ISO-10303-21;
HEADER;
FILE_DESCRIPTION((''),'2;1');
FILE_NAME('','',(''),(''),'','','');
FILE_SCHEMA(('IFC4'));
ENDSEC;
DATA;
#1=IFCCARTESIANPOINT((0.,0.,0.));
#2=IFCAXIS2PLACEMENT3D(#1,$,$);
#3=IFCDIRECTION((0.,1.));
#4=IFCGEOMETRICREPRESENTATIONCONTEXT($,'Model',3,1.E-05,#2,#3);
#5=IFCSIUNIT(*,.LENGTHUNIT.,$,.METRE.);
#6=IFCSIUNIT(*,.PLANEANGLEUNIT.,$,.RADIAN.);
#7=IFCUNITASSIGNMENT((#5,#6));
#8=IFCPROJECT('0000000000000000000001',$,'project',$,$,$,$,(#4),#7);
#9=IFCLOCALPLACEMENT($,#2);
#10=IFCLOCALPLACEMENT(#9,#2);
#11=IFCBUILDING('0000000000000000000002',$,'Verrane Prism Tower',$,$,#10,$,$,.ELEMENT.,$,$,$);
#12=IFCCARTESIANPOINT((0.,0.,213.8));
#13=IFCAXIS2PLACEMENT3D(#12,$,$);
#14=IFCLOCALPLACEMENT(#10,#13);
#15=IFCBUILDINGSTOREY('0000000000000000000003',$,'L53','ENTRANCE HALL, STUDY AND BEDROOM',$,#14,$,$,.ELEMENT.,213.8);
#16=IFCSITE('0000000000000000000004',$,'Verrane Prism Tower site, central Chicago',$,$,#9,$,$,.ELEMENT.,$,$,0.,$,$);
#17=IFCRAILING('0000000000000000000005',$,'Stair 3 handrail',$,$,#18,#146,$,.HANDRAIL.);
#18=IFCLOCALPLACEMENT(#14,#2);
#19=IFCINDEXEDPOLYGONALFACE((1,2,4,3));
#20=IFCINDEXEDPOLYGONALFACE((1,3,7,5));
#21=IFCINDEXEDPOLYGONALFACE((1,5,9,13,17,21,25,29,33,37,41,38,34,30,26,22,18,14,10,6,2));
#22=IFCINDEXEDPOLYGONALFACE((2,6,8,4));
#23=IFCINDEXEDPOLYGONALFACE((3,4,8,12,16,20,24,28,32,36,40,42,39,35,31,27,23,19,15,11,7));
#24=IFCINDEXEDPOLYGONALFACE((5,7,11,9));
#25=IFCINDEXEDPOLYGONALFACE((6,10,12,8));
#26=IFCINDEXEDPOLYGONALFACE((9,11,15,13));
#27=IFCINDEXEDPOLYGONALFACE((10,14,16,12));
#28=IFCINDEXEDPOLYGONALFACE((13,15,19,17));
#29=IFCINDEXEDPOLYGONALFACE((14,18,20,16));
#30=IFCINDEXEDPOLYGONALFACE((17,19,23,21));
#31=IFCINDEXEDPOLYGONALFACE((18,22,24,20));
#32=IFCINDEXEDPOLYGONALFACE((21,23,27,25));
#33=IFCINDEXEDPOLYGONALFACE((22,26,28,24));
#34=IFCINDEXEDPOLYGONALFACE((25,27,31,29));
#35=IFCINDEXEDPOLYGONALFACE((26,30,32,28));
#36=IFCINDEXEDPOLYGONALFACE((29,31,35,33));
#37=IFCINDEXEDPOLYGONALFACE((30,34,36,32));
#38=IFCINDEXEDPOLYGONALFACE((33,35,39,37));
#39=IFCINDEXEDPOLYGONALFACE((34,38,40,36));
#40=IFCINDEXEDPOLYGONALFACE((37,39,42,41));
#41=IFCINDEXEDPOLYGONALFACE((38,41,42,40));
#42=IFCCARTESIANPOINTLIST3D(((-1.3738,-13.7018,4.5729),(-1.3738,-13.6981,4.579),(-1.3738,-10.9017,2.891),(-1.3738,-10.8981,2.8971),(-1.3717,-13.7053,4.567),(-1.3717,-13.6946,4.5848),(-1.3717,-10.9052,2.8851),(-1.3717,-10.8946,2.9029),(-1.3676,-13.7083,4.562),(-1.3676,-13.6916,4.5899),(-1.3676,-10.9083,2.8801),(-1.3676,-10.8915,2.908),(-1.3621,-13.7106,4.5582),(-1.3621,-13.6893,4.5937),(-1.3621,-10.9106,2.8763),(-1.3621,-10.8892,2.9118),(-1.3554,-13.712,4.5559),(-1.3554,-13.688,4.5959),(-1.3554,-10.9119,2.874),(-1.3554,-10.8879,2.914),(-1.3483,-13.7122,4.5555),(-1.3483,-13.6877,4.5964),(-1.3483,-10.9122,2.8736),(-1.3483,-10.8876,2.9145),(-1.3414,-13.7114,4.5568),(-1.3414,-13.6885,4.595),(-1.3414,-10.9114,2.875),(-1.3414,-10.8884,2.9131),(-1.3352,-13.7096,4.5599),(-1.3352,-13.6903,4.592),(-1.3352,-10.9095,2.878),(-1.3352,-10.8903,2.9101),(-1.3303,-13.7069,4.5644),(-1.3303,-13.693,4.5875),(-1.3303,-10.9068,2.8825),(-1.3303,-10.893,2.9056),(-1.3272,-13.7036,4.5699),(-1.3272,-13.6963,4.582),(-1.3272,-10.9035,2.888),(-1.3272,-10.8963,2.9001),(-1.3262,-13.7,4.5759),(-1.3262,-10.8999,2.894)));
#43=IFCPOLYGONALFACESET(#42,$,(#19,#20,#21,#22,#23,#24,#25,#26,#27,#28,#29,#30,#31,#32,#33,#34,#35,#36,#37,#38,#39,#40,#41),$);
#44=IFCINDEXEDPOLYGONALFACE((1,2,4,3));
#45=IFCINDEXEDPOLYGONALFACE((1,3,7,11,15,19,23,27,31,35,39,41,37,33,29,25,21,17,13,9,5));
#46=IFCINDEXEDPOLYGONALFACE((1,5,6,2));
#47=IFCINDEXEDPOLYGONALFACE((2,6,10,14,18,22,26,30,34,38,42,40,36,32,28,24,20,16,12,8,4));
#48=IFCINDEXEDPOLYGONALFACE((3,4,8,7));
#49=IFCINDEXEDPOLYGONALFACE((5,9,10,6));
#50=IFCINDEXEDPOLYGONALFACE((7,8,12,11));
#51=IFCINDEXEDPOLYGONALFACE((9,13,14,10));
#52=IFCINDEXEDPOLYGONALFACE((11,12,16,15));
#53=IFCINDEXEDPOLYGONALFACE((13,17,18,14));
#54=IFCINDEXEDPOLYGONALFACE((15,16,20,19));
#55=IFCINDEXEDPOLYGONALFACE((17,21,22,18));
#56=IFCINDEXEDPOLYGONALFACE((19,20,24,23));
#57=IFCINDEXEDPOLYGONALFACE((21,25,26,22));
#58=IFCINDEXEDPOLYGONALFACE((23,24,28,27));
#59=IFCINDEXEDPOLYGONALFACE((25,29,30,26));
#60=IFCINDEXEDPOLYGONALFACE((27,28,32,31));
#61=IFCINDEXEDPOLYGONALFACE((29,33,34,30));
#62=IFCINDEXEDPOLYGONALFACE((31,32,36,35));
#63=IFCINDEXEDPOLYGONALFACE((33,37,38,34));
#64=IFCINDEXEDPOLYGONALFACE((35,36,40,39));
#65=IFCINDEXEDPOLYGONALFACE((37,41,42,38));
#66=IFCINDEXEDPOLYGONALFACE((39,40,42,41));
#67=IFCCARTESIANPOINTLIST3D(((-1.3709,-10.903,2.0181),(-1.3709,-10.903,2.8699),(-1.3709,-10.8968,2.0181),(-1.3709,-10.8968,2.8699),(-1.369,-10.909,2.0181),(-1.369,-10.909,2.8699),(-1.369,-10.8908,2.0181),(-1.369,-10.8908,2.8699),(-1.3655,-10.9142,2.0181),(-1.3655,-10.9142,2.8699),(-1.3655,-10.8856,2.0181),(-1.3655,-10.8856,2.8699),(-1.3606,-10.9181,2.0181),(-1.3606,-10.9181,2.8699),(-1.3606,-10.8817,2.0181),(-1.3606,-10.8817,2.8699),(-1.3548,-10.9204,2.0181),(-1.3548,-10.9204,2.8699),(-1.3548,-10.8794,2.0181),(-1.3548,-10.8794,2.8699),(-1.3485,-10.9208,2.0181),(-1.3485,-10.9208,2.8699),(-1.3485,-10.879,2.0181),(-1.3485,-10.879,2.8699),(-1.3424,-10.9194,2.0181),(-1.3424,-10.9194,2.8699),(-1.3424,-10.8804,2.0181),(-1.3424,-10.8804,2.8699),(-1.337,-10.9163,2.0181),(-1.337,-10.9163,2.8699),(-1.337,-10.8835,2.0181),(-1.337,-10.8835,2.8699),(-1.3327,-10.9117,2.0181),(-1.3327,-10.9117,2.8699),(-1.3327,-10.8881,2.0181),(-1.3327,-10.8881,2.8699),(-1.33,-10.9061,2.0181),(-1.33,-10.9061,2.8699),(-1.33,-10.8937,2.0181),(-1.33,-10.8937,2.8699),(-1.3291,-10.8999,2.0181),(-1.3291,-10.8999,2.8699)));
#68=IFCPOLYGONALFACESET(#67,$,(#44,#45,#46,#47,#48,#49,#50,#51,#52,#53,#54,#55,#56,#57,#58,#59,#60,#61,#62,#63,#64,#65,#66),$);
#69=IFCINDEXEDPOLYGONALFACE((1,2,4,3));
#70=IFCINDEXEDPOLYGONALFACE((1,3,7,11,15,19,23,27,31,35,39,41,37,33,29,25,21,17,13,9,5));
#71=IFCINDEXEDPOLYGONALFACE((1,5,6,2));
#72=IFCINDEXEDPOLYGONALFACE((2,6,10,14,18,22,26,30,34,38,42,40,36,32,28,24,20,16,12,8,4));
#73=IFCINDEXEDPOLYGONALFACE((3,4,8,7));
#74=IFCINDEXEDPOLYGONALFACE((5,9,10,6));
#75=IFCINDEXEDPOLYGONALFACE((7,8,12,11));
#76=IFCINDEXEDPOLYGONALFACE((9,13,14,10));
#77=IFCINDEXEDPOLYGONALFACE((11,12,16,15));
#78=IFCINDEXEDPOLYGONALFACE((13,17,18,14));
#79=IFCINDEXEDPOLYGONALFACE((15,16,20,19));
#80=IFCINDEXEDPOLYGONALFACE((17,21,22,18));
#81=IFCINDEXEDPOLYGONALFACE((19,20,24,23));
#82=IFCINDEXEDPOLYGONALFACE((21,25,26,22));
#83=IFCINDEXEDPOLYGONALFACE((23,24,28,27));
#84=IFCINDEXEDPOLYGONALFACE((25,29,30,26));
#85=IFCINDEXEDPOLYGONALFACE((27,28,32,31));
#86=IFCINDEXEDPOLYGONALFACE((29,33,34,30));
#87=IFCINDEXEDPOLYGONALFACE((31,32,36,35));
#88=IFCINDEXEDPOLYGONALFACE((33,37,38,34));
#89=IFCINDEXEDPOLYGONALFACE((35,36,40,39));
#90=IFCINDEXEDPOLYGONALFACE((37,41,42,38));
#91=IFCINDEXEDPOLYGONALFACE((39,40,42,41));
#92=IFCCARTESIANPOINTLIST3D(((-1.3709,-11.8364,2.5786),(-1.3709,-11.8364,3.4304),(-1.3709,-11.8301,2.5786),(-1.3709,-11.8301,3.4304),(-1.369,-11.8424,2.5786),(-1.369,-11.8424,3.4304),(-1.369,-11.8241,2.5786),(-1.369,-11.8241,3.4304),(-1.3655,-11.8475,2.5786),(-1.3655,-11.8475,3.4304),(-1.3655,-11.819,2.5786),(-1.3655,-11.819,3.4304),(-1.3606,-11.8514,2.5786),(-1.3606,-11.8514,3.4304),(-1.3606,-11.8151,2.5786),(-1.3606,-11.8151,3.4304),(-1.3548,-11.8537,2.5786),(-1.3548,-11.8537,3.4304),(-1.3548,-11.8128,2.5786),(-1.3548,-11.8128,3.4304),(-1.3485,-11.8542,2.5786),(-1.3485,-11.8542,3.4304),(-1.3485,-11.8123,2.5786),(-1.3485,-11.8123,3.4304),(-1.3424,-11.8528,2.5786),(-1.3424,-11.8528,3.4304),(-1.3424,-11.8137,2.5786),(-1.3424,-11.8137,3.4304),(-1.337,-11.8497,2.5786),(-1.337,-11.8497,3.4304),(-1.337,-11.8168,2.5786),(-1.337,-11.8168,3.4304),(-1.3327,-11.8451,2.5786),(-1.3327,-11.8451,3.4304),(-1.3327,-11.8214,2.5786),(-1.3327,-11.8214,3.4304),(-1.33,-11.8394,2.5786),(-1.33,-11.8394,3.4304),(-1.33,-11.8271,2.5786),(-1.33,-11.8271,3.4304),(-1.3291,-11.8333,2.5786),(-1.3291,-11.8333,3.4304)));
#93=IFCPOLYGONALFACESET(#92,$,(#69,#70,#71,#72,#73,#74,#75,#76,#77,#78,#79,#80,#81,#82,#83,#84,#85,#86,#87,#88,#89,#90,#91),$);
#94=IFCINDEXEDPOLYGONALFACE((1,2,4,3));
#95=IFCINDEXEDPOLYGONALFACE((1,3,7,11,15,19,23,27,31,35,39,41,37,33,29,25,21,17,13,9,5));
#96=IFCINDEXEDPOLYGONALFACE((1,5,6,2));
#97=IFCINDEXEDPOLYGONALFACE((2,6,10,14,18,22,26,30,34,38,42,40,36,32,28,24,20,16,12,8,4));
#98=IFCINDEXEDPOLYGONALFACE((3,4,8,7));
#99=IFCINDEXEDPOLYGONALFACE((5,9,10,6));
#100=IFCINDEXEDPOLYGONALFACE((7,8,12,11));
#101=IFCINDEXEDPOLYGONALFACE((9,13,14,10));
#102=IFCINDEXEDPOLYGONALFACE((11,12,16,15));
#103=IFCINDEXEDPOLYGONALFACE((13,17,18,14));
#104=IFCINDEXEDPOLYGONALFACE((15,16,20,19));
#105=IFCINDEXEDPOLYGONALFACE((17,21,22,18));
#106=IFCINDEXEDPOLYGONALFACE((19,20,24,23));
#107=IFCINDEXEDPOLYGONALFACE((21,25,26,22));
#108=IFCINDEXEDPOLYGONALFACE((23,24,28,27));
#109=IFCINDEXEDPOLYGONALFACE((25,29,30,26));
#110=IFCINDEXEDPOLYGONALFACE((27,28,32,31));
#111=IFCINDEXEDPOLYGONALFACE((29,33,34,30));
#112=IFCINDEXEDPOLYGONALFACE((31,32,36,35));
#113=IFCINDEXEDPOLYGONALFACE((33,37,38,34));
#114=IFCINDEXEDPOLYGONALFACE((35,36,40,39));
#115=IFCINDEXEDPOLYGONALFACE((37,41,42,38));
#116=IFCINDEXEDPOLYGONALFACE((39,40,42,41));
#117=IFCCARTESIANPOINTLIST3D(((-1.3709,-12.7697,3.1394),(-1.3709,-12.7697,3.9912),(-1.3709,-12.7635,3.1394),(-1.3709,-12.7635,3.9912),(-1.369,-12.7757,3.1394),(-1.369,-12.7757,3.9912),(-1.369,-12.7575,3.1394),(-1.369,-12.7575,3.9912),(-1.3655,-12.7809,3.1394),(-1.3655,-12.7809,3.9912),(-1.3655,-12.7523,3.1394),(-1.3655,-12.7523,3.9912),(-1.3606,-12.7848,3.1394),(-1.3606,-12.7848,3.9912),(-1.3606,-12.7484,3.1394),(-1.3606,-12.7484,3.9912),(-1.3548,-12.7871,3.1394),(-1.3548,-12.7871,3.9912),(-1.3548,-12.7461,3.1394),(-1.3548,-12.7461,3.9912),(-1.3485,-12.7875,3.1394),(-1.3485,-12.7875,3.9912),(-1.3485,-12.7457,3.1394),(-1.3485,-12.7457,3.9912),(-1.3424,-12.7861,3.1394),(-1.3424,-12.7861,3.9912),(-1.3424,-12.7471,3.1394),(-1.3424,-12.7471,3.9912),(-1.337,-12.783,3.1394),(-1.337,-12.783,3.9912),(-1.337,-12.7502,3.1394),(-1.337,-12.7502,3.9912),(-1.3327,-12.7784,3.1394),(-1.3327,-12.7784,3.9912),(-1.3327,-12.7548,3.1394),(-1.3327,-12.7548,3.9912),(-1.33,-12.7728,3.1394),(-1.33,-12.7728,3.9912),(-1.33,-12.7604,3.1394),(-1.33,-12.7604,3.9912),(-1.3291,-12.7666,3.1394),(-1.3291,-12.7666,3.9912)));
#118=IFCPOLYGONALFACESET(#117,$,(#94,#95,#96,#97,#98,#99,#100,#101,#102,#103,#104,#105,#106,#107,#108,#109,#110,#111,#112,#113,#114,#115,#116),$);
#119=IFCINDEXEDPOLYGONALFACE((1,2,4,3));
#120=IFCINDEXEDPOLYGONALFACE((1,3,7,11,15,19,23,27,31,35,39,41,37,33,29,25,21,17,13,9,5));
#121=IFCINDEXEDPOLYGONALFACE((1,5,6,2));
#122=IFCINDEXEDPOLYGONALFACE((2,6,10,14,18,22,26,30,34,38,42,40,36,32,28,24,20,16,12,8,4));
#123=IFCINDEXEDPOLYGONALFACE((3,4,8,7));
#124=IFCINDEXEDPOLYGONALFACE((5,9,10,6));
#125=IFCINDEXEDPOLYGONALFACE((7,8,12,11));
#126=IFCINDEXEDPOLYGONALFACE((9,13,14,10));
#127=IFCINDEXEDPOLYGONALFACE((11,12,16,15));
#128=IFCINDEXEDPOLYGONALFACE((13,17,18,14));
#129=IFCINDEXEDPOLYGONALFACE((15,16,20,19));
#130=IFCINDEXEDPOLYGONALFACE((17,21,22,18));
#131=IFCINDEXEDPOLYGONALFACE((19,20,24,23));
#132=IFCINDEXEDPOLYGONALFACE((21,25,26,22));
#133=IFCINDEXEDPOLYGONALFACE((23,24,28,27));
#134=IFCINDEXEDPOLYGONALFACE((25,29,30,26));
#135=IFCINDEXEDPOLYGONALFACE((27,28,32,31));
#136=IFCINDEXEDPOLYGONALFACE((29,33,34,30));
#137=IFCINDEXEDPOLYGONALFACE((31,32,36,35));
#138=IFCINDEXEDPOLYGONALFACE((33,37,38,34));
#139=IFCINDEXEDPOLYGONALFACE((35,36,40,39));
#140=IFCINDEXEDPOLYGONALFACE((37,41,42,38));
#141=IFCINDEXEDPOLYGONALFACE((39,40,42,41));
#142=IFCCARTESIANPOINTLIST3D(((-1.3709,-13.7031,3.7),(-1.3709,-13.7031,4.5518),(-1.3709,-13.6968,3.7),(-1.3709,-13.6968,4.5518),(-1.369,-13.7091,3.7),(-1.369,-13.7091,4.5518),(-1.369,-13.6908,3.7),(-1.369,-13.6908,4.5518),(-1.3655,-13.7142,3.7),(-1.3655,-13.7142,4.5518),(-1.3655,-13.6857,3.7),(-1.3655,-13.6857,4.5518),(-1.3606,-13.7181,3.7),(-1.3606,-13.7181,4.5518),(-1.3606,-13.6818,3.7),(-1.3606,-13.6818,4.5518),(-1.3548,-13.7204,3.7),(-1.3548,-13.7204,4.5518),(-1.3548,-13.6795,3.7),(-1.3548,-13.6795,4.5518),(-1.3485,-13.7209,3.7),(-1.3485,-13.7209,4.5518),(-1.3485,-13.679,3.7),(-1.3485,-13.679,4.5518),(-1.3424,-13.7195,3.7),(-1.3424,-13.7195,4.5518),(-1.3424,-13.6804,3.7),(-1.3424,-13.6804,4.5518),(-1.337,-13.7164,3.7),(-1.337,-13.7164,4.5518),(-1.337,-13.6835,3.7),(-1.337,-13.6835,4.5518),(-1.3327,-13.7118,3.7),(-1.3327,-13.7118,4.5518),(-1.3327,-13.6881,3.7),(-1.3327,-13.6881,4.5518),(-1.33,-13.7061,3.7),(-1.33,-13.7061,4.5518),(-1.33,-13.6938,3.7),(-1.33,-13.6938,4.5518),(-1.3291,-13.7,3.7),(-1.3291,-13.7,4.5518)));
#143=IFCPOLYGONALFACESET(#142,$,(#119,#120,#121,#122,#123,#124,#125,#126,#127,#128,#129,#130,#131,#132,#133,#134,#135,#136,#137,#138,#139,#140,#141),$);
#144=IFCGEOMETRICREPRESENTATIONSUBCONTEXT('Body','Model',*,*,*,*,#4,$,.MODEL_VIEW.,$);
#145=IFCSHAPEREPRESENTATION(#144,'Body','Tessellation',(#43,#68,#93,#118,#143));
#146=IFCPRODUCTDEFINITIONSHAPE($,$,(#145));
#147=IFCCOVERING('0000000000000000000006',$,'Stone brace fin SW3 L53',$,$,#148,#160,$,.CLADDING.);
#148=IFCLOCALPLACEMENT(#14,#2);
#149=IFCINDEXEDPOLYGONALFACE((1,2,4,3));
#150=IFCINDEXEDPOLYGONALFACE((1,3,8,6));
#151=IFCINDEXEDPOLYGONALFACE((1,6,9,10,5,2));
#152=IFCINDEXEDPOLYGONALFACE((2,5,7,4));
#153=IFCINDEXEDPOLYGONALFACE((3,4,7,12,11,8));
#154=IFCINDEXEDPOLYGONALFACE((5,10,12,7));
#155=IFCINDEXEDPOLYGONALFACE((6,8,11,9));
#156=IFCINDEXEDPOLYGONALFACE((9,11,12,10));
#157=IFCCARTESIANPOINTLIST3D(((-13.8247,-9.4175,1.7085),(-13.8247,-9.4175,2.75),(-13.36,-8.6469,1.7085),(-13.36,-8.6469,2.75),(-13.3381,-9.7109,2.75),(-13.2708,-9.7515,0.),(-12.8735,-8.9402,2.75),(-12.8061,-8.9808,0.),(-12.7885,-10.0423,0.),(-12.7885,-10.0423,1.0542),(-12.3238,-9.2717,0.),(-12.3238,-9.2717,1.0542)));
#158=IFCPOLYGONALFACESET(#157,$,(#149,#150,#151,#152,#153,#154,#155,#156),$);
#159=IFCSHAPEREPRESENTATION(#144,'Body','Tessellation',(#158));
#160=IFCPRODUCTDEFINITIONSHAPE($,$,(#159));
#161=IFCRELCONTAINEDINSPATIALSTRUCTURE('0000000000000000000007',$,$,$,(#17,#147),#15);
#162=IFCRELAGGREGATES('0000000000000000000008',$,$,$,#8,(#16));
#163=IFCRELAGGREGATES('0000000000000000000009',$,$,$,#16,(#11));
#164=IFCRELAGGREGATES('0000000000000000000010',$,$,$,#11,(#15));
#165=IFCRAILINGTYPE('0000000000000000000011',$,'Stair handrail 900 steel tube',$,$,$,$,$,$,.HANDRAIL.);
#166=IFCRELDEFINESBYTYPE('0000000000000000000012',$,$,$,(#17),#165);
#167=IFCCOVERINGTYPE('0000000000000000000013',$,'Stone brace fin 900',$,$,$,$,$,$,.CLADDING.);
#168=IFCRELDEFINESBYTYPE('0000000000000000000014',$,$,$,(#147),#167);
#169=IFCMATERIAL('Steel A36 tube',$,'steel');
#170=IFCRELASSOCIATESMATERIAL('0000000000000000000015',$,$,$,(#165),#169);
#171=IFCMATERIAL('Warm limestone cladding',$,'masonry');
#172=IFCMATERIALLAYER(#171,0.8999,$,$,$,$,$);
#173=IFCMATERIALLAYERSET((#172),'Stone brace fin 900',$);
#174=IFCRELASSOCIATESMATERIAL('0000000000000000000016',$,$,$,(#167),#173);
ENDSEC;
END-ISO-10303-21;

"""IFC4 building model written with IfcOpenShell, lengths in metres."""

from ifc_helpers import new_model, si_unit, direction, frame, origin, origin_2d, place, context, subcontext, project, spatial, polyline, circle, outline, extrude, material, layer, layer_set, type_object, element, save


model = new_model("IFC4")

# Units and contexts
model_context = context("Model", 3, precision=1e-05, world=origin(), true_north=direction((0.0, 1.0)))
body_context = subcontext(model_context, "Body", "Model", "MODEL_VIEW")
ifc_project = project(units=[si_unit("LENGTHUNIT", "METRE"), si_unit("PLANEANGLEUNIT", "RADIAN")], contexts=[model_context])

# Site, building, storey
site_placement = place(None, origin())
site = spatial("IfcSite", under=ifc_project, at=site_placement, Name="Verrane Prism Tower site, central Chicago", CompositionType="ELEMENT", RefElevation=0.0)
building_placement = place(site_placement, origin())
building = spatial("IfcBuilding", under=site, at=building_placement, Name="Verrane Prism Tower", CompositionType="ELEMENT")
storey_placement = place(building_placement, frame((0.0, 0.0, 213.8)))
storey = spatial("IfcBuildingStorey", under=building, at=storey_placement, Name="L53", Description="ENTRANCE HALL, STUDY AND BEDROOM", CompositionType="ELEMENT", Elevation=213.8)

# Railing
ifc_material_1 = material(Name="Steel A36 tube", Category="steel")
railing_type = type_object("IfcRailingType", Name="Stair handrail 900 steel tube", PredefinedType="HANDRAIL", material=ifc_material_1)
railing_placement = place(storey_placement, frame((-1.3501, -10.8999, 2.0181)))
element("IfcRailing", 1, at=railing_placement, inside=storey, type_object=railing_type, Name="Stair 3 handrail", PredefinedType="HANDRAIL", context=body_context, shape_type="SweptSolid", body=[
    extrude(circle(Radius=0.0239, at=origin_2d()), frame((0.0, 0.0, 0.876), z_axis=(0.0, -0.857242, 0.514913), x_axis=(1.0, 0.0, 0.0)), (0.0, 0.0, 1.0), 3.2664),
    extrude(circle(Radius=0.021, at=origin_2d()), origin(), (0.0, 0.0, 1.0), 0.8518),
    extrude(circle(Radius=0.021, at=origin_2d()), frame((0.0, -0.9333, 0.5605)), (0.0, 0.0, 1.0), 0.8518),
    extrude(circle(Radius=0.021, at=origin_2d()), frame((0.0, -1.8667, 1.1213)), (0.0, 0.0, 1.0), 0.8518),
    extrude(circle(Radius=0.021, at=origin_2d()), frame((0.0, -2.8, 1.6819)), (0.0, 0.0, 1.0), 0.8518),
])

# Covering
ifc_material_2 = material(Name="Warm limestone cladding", Category="masonry")
ifc_layer_1 = layer(ifc_material_2, 0.8999)
ifc_layer_set_1 = layer_set([ifc_layer_1], Name="Stone brace fin 900")
covering_type = type_object("IfcCoveringType", Name="Stone brace fin 900", PredefinedType="CLADDING", material=ifc_layer_set_1)
covering_placement = place(storey_placement, frame((-12.5562, -9.657, 0.0), z_axis=(0.0, 0.0, 1.0), x_axis=(-0.856369, 0.516364, 0.0)))
element("IfcCovering", 2, at=covering_placement, inside=storey, type_object=covering_type, Name="Stone brace fin SW3 L53", PredefinedType="CLADDING", context=body_context, shape_type="SweptSolid", body=[
    extrude(outline(polyline([(1.21, 2.75), (0.6418, 2.75), (0.0, 1.0542), (0.0, 0.0), (0.5632, 0.0), (1.21, 1.7085), (1.21, 2.75)])), frame((0.0, 0.45, 0.0), z_axis=(0.0, -1.0, 0.0), x_axis=(1.0, 0.0, 0.0)), (0.0, 0.0, 1.0), 0.8999),
])

save(model, "model.ifc")
